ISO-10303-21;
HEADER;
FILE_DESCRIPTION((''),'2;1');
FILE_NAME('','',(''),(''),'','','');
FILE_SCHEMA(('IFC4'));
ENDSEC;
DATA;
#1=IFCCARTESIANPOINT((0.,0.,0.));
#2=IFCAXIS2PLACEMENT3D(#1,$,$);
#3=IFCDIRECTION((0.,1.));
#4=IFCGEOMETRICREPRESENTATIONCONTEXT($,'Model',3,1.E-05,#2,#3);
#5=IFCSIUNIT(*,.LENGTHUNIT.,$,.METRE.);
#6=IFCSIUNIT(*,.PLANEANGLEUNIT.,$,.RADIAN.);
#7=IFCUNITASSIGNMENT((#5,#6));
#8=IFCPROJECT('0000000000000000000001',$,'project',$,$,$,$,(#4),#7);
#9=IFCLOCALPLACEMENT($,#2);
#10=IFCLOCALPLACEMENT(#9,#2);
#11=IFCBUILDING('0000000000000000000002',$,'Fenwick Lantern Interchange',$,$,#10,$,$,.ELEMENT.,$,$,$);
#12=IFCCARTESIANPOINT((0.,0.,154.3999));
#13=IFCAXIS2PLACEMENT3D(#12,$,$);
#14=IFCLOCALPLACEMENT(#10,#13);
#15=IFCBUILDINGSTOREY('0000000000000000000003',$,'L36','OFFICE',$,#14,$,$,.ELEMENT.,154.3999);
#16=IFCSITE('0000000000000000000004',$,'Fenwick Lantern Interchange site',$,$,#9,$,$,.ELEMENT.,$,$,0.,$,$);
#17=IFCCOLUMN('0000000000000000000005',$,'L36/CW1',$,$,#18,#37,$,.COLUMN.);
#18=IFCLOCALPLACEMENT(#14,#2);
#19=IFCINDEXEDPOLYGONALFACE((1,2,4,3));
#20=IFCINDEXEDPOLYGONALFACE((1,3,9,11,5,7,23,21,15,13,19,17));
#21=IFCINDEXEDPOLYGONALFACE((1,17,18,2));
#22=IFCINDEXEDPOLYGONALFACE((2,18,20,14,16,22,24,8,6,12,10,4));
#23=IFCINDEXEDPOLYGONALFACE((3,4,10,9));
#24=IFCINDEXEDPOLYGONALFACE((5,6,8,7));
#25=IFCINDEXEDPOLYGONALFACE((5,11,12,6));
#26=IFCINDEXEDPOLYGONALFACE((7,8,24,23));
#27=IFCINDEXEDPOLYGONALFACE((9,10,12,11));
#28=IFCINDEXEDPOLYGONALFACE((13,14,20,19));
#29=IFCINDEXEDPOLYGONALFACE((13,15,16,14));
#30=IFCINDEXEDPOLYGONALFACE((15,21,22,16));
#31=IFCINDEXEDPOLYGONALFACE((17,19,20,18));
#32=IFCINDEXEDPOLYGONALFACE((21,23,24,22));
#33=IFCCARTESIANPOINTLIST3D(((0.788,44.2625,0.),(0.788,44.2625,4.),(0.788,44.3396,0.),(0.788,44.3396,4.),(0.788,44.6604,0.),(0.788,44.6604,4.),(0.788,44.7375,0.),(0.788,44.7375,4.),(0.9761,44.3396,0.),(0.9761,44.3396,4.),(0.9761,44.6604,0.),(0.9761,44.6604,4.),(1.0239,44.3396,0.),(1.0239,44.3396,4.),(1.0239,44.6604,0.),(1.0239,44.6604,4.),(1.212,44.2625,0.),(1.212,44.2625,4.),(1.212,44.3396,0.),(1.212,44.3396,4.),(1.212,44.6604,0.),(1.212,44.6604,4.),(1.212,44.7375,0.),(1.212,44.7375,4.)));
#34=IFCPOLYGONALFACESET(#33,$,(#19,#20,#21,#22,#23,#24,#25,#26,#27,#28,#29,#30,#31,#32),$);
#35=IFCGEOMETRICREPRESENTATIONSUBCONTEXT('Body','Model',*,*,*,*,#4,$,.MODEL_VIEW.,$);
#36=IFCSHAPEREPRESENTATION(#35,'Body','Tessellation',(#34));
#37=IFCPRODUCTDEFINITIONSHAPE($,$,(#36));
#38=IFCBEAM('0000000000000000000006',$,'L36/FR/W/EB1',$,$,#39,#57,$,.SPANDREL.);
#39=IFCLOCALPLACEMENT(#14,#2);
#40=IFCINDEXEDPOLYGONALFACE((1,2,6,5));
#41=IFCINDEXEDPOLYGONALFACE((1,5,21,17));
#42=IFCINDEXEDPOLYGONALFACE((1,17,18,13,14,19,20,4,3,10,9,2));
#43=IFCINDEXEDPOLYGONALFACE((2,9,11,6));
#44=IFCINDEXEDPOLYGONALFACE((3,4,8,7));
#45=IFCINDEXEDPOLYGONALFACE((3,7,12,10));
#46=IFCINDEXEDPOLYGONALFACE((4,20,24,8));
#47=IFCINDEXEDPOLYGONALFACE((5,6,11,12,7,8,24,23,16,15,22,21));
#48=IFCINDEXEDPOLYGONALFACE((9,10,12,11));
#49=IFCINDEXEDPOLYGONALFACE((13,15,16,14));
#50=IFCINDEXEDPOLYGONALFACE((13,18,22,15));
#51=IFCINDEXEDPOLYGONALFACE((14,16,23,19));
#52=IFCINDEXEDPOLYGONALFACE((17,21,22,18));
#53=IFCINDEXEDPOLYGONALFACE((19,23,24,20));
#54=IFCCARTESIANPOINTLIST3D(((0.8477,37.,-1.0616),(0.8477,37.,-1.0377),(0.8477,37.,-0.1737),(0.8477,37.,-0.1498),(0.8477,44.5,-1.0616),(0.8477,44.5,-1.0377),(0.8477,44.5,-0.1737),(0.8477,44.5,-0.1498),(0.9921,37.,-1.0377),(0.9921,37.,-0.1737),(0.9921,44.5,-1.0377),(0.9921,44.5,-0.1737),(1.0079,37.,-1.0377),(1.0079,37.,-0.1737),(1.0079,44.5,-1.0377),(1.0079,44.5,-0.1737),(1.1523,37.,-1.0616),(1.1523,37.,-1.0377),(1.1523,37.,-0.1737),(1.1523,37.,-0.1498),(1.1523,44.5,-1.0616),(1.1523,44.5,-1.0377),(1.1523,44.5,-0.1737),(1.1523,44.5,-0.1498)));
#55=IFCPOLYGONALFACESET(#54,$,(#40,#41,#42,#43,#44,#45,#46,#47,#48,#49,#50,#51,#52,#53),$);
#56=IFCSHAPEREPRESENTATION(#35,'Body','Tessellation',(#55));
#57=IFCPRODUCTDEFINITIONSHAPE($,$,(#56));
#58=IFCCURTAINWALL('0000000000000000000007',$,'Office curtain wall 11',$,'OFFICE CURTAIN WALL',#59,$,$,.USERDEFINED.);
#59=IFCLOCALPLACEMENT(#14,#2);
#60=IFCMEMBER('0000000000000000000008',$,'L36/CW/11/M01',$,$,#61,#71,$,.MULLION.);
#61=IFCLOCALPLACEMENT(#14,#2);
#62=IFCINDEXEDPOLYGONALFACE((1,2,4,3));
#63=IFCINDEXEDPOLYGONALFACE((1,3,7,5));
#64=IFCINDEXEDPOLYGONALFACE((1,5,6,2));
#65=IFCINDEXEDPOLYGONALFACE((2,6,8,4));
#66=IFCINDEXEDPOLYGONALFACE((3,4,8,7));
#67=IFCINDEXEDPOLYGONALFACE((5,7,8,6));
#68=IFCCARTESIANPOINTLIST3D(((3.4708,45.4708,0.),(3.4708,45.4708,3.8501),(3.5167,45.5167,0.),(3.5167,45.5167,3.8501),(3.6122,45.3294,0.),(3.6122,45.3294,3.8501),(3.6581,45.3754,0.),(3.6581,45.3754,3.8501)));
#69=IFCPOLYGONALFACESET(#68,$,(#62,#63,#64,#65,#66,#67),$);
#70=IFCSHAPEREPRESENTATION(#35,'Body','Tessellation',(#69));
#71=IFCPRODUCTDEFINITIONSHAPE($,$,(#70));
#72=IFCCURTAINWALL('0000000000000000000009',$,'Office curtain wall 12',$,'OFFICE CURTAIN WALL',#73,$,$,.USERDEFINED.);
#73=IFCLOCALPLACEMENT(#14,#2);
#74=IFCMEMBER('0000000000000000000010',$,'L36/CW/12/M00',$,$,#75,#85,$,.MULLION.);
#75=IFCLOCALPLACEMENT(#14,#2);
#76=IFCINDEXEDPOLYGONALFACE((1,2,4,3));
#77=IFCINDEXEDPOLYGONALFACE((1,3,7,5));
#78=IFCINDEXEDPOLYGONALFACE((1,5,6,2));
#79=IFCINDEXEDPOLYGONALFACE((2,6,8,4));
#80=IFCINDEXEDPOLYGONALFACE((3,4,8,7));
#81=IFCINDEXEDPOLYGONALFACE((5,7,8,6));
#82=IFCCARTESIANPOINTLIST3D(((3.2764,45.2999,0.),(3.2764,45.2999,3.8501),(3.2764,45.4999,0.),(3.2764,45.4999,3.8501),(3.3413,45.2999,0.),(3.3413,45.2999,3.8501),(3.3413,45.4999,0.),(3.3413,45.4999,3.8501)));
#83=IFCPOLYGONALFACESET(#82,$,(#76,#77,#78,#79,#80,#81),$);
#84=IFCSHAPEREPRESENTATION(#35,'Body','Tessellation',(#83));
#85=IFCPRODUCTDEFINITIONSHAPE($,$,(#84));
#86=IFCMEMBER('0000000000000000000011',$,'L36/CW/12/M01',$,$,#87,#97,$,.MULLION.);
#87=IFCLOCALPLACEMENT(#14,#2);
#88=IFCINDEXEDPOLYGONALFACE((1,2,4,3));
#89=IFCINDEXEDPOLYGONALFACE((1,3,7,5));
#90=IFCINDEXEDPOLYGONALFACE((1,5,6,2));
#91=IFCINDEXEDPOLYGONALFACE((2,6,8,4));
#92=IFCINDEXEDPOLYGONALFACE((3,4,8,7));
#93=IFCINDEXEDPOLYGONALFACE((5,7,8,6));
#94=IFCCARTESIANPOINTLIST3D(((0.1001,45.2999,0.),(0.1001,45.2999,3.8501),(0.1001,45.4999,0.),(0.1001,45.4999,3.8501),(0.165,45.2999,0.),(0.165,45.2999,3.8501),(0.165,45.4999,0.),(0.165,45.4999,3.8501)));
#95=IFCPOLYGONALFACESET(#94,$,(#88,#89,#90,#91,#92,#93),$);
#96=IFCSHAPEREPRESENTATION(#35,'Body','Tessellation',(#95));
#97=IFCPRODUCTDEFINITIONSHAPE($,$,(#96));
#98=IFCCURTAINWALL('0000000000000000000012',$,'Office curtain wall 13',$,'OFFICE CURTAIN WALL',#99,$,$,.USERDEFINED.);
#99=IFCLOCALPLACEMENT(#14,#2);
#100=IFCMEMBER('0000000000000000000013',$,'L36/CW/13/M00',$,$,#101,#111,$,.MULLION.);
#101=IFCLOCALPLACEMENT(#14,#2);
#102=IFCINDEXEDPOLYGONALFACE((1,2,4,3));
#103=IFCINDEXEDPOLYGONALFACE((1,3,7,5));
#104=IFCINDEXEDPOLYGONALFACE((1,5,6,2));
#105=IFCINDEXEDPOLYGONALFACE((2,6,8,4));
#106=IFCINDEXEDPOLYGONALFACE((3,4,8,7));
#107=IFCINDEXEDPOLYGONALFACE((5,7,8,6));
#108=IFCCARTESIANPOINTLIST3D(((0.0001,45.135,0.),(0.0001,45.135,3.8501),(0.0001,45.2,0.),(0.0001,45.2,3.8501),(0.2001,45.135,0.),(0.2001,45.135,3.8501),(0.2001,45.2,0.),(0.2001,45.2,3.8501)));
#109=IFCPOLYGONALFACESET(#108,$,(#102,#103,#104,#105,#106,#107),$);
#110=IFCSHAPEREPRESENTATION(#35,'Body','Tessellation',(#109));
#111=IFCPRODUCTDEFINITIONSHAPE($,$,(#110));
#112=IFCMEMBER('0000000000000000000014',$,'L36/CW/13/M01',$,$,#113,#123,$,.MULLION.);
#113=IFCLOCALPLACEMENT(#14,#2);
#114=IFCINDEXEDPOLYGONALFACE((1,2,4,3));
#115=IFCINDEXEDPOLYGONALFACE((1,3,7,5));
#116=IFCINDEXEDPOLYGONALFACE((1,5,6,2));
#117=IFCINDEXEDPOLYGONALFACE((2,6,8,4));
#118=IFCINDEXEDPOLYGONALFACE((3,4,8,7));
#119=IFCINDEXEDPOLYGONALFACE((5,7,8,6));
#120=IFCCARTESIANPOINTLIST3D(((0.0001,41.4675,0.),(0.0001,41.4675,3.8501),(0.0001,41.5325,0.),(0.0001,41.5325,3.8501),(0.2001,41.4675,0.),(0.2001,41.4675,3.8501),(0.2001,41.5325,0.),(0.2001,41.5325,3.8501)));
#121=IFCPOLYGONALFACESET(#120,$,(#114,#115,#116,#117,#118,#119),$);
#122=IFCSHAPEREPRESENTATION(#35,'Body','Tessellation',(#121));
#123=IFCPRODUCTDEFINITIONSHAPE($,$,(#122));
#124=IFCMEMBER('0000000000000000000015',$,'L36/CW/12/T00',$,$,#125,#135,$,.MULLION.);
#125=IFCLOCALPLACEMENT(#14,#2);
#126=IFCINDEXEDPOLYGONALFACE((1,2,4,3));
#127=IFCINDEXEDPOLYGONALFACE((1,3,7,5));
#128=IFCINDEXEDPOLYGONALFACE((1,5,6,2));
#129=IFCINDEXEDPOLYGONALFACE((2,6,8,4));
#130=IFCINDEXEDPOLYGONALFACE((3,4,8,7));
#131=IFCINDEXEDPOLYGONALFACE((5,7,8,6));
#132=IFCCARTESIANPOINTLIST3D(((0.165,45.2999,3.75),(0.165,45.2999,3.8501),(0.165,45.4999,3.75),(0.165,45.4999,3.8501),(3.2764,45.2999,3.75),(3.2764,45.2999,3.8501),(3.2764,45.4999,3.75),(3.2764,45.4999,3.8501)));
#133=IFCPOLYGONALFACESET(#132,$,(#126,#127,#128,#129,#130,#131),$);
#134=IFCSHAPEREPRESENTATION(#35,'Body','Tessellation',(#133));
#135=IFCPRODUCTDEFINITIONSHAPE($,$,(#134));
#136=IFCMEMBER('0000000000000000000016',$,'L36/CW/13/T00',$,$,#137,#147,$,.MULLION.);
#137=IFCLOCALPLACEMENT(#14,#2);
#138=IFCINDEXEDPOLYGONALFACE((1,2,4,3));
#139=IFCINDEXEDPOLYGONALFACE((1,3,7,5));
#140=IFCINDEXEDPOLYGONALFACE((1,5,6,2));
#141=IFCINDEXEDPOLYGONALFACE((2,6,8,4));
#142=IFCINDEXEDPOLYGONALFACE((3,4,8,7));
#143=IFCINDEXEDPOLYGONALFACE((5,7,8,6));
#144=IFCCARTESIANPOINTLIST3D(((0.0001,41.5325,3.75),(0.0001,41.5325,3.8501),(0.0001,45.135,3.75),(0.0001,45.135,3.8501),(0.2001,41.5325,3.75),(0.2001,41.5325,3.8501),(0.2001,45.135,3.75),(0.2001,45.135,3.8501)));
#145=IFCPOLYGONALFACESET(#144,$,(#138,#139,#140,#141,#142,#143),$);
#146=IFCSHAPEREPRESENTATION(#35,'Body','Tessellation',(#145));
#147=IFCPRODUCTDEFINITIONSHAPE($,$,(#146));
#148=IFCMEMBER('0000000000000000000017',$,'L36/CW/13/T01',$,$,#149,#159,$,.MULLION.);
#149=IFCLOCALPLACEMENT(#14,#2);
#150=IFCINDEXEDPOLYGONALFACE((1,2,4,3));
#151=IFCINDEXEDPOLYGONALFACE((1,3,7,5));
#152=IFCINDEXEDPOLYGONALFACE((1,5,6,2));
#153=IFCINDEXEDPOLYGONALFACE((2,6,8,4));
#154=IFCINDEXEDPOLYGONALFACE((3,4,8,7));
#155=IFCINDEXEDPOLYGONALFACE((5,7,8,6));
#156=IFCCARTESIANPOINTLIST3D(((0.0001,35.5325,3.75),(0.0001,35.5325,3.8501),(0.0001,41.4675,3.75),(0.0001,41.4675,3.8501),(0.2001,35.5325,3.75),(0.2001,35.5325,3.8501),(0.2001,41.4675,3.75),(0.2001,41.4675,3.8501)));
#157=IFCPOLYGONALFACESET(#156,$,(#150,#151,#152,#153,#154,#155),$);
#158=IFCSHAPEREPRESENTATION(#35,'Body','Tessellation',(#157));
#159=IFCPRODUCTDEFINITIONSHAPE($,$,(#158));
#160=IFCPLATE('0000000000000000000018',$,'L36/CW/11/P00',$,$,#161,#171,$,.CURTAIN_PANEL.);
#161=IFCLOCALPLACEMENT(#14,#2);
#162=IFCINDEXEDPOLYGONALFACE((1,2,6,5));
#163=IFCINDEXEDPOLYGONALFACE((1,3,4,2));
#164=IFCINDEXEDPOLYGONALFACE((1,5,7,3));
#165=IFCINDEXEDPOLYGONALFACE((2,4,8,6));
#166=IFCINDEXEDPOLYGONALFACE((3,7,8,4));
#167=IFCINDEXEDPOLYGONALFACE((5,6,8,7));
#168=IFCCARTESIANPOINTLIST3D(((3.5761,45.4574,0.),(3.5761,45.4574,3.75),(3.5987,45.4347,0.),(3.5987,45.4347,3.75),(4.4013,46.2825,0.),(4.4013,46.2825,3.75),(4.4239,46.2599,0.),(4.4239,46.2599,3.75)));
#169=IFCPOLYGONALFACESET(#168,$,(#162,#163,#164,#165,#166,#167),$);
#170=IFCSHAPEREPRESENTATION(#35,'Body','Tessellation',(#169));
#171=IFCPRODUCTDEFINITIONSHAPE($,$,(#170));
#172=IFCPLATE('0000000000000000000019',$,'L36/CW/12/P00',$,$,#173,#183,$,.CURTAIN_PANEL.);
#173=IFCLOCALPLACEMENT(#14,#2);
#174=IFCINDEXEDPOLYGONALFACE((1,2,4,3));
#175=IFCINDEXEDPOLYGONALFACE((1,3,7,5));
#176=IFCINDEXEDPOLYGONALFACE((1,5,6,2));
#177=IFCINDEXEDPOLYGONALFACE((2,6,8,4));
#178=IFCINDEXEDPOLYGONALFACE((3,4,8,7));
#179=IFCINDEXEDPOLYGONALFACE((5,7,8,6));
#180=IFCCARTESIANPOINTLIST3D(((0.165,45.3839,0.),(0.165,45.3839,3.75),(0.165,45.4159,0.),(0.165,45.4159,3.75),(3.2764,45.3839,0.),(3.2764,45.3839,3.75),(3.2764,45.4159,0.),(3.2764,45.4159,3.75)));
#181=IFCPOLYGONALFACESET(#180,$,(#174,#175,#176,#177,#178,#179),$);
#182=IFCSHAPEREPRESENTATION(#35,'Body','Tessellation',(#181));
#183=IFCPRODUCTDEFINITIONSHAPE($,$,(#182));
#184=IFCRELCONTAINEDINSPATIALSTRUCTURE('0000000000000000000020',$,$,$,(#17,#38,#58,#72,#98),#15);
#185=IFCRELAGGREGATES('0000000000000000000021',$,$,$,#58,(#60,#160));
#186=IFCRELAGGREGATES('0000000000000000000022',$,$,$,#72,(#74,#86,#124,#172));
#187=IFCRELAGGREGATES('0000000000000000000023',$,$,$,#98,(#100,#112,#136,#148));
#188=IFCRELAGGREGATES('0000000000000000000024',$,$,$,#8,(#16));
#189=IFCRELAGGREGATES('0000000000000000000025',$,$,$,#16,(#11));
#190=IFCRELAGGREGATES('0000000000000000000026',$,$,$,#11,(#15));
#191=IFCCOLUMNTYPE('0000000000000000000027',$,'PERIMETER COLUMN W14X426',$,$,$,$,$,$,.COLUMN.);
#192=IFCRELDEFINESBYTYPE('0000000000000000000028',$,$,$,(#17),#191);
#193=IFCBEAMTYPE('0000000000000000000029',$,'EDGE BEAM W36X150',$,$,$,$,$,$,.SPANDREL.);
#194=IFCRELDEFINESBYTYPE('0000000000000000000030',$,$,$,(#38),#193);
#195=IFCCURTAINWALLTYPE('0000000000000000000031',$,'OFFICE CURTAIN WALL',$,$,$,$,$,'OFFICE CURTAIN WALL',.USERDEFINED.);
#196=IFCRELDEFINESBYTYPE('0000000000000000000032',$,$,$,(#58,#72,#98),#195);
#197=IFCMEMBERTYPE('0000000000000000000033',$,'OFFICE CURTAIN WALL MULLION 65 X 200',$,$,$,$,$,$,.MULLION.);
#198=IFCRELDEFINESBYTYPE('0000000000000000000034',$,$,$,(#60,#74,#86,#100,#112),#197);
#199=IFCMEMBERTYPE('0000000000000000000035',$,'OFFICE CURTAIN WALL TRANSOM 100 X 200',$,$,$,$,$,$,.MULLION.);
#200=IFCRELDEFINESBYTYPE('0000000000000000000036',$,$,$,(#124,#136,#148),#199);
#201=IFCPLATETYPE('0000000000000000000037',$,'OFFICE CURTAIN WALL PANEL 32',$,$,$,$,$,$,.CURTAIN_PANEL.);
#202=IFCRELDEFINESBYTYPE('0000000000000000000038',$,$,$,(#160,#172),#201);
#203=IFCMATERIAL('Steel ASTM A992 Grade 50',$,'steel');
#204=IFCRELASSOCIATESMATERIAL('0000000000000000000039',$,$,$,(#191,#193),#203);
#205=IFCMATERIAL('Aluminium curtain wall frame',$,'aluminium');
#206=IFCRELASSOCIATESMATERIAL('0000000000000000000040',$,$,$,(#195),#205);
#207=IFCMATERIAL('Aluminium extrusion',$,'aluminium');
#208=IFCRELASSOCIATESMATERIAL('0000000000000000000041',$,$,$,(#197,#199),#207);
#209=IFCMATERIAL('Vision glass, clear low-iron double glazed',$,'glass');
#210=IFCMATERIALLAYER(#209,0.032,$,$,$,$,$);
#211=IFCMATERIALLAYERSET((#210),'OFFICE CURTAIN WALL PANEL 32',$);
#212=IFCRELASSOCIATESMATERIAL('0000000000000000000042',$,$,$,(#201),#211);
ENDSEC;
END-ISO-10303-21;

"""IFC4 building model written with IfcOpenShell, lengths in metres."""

from ifc_helpers import new_model, si_unit, direction, frame, origin, origin_2d, place, context, subcontext, project, spatial, rectangle, i_section, extrude, material, layer, layer_set, material_profile, profile_set, type_object, element, aggregate, save


model = new_model("IFC4")

# Units and contexts
model_context = context("Model", 3, precision=1e-05, world=origin(), true_north=direction((0.0, 1.0)))
body_context = subcontext(model_context, "Body", "Model", "MODEL_VIEW")
ifc_project = project(units=[si_unit("LENGTHUNIT", "METRE"), si_unit("PLANEANGLEUNIT", "RADIAN")], contexts=[model_context])

# Site, building, storey
site_placement = place(None, origin())
site = spatial("IfcSite", under=ifc_project, at=site_placement, Name="Fenwick Lantern Interchange site", CompositionType="ELEMENT", RefElevation=0.0)
building_placement = place(site_placement, origin())
building = spatial("IfcBuilding", under=site, at=building_placement, Name="Fenwick Lantern Interchange", CompositionType="ELEMENT")
storey_placement = place(building_placement, frame((0.0, 0.0, 154.3999)))
storey = spatial("IfcBuildingStorey", under=building, at=storey_placement, Name="L36", Description="OFFICE", CompositionType="ELEMENT", Elevation=154.3999)

# Column
ifc_material_1 = material(Name="Steel ASTM A992 Grade 50", Category="steel")
ifc_material_profile_1 = material_profile(ifc_material_1, i_section(OverallWidth=0.4241, OverallDepth=0.4751, WebThickness=0.0479, FlangeThickness=0.0771, at=origin_2d()), Name="W14X426")
ifc_profile_set_1 = profile_set([ifc_material_profile_1], Name="Steel ASTM A992 Grade 50")
column_type = type_object("IfcColumnType", Name="PERIMETER COLUMN W14X426", PredefinedType="COLUMN", material=ifc_profile_set_1)
column_placement = place(storey_placement, frame((1.0, 44.5, 0.0), z_axis=(0.0, 0.0, 1.0), x_axis=(1.0, 0.0, 0.0)))
element("IfcColumn", 1, at=column_placement, inside=storey, type_object=column_type, Name="L36/CW1", PredefinedType="COLUMN", context=body_context, shape_type="SweptSolid", body=[
    extrude(i_section(OverallWidth=0.4241, OverallDepth=0.4751, WebThickness=0.0479, FlangeThickness=0.0771, at=origin_2d()), origin(), (0.0, 0.0, 1.0), 4.0),
])

# Beam
ifc_material_profile_2 = material_profile(ifc_material_1, i_section(OverallWidth=0.3047, OverallDepth=0.9119, WebThickness=0.0159, FlangeThickness=0.0239, at=origin_2d()), Name="W36X150")
ifc_profile_set_2 = profile_set([ifc_material_profile_2], Name="Steel ASTM A992 Grade 50")
beam_type = type_object("IfcBeamType", Name="EDGE BEAM W36X150", PredefinedType="SPANDREL", material=ifc_profile_set_2)
beam_placement = place(storey_placement, frame((1.0, 44.5, -0.6057), z_axis=(0.0, -1.0, 0.0), x_axis=(1.0, 0.0, 0.0)))
element("IfcBeam", 2, at=beam_placement, inside=storey, type_object=beam_type, Name="L36/FR/W/EB1", PredefinedType="SPANDREL", context=body_context, shape_type="SweptSolid", body=[
    extrude(i_section(OverallWidth=0.3047, OverallDepth=0.9119, WebThickness=0.0159, FlangeThickness=0.0239, at=origin_2d()), origin(), (0.0, 0.0, 1.0), 7.5),
])

# Curtain wall, member
ifc_material_2 = material(Name="Aluminium curtain wall frame", Category="aluminium")
curtain_wall_type = type_object("IfcCurtainWallType", Name="OFFICE CURTAIN WALL", ElementType="OFFICE CURTAIN WALL", PredefinedType="USERDEFINED", material=ifc_material_2)
curtain_wall_1_placement = place(storey_placement, origin())
curtain_wall_1 = element("IfcCurtainWall", 3, at=curtain_wall_1_placement, inside=storey, type_object=curtain_wall_type, Name="Office curtain wall 11", ObjectType="OFFICE CURTAIN WALL", PredefinedType="USERDEFINED")
ifc_material_3 = material(Name="Aluminium extrusion", Category="aluminium")
ifc_material_profile_3 = material_profile(ifc_material_3, rectangle(XDim=0.2, YDim=0.0649, at=origin_2d()), Name="OFFICE CURTAIN WALL MULLION 65 X 200")
ifc_profile_set_3 = profile_set([ifc_material_profile_3], Name="Aluminium extrusion")
member_type_1 = type_object("IfcMemberType", Name="OFFICE CURTAIN WALL MULLION 65 X 200", PredefinedType="MULLION", material=ifc_profile_set_3)
member_1_placement = place(storey_placement, frame((3.5645, 45.4231, 0.0), z_axis=(0.0, 0.0, 1.0), x_axis=(0.707107, -0.707107, 0.0)))
member_1 = element("IfcMember", 4, at=member_1_placement, type_object=member_type_1, Name="L36/CW/11/M01", PredefinedType="MULLION", context=body_context, shape_type="SweptSolid", body=[
    extrude(rectangle(XDim=0.2, YDim=0.0649, at=origin_2d()), origin(), (0.0, 0.0, 1.0), 3.8501),
])

# Curtain walls, members
curtain_wall_2_placement = place(storey_placement, origin())
curtain_wall_2 = element("IfcCurtainWall", 5, at=curtain_wall_2_placement, inside=storey, type_object=curtain_wall_type, Name="Office curtain wall 12", ObjectType="OFFICE CURTAIN WALL", PredefinedType="USERDEFINED")
member_2_placement = place(storey_placement, frame((3.3088, 45.3999, 0.0), z_axis=(0.0, 0.0, 1.0), x_axis=(0.0, -1.0, 0.0)))
member_2 = element("IfcMember", 6, at=member_2_placement, type_object=member_type_1, Name="L36/CW/12/M00", PredefinedType="MULLION", context=body_context, shape_type="SweptSolid", body=[
    extrude(rectangle(XDim=0.2, YDim=0.0649, at=origin_2d()), origin(), (0.0, 0.0, 1.0), 3.8501),
])
member_3_placement = place(storey_placement, frame((0.1326, 45.3999, 0.0), z_axis=(0.0, 0.0, 1.0), x_axis=(0.0, -1.0, 0.0)))
member_3 = element("IfcMember", 7, at=member_3_placement, type_object=member_type_1, Name="L36/CW/12/M01", PredefinedType="MULLION", context=body_context, shape_type="SweptSolid", body=[
    extrude(rectangle(XDim=0.2, YDim=0.0649, at=origin_2d()), origin(), (0.0, 0.0, 1.0), 3.8501),
])
curtain_wall_3_placement = place(storey_placement, origin())
curtain_wall_3 = element("IfcCurtainWall", 8, at=curtain_wall_3_placement, inside=storey, type_object=curtain_wall_type, Name="Office curtain wall 13", ObjectType="OFFICE CURTAIN WALL", PredefinedType="USERDEFINED")
member_4_placement = place(storey_placement, frame((0.1001, 45.1675, 0.0), z_axis=(0.0, 0.0, 1.0), x_axis=(1.0, 0.0, 0.0)))
member_4 = element("IfcMember", 9, at=member_4_placement, type_object=member_type_1, Name="L36/CW/13/M00", PredefinedType="MULLION", context=body_context, shape_type="SweptSolid", body=[
    extrude(rectangle(XDim=0.2, YDim=0.0649, at=origin_2d()), origin(), (0.0, 0.0, 1.0), 3.8501),
])
member_5_placement = place(storey_placement, frame((0.1001, 41.5, 0.0), z_axis=(0.0, 0.0, 1.0), x_axis=(1.0, 0.0, 0.0)))
member_5 = element("IfcMember", 10, at=member_5_placement, type_object=member_type_1, Name="L36/CW/13/M01", PredefinedType="MULLION", context=body_context, shape_type="SweptSolid", body=[
    extrude(rectangle(XDim=0.2, YDim=0.0649, at=origin_2d()), origin(), (0.0, 0.0, 1.0), 3.8501),
])

# Members
ifc_material_profile_4 = material_profile(ifc_material_3, rectangle(XDim=0.2, YDim=0.1001, at=origin_2d()), Name="OFFICE CURTAIN WALL TRANSOM 100 X 200")
ifc_profile_set_4 = profile_set([ifc_material_profile_4], Name="Aluminium extrusion")
member_type_2 = type_object("IfcMemberType", Name="OFFICE CURTAIN WALL TRANSOM 100 X 200", PredefinedType="MULLION", material=ifc_profile_set_4)
member_6_placement = place(storey_placement, frame((3.2764, 45.3999, 3.8), z_axis=(-1.0, 0.0, 0.0), x_axis=(0.0, -1.0, 0.0)))
member_6 = element("IfcMember", 11, at=member_6_placement, type_object=member_type_2, Name="L36/CW/12/T00", PredefinedType="MULLION", context=body_context, shape_type="SweptSolid", body=[
    extrude(rectangle(XDim=0.2, YDim=0.1001, at=origin_2d()), origin(), (0.0, 0.0, 1.0), 3.1113),
])
member_7_placement = place(storey_placement, frame((0.1001, 45.135, 3.8), z_axis=(0.0, -1.0, 0.0), x_axis=(1.0, 0.0, 0.0)))
member_7 = element("IfcMember", 12, at=member_7_placement, type_object=member_type_2, Name="L36/CW/13/T00", PredefinedType="MULLION", context=body_context, shape_type="SweptSolid", body=[
    extrude(rectangle(XDim=0.2, YDim=0.1001, at=origin_2d()), origin(), (0.0, 0.0, 1.0), 3.6025),
])
member_8_placement = place(storey_placement, frame((0.1001, 41.4675, 3.8), z_axis=(0.0, -1.0, 0.0), x_axis=(1.0, 0.0, 0.0)))
member_8 = element("IfcMember", 13, at=member_8_placement, type_object=member_type_2, Name="L36/CW/13/T01", PredefinedType="MULLION", context=body_context, shape_type="SweptSolid", body=[
    extrude(rectangle(XDim=0.2, YDim=0.1001, at=origin_2d()), origin(), (0.0, 0.0, 1.0), 5.9351),
])

# Plates
ifc_material_4 = material(Name="Vision glass, clear low-iron double glazed", Category="glass")
ifc_layer_1 = layer(ifc_material_4, 0.032)
ifc_layer_set_1 = layer_set([ifc_layer_1], Name="OFFICE CURTAIN WALL PANEL 32")
plate_type = type_object("IfcPlateType", Name="OFFICE CURTAIN WALL PANEL 32", PredefinedType="CURTAIN_PANEL", material=ifc_layer_set_1)
plate_1_placement = place(storey_placement, frame((4.0, 45.8586, 0.0), z_axis=(0.0, 0.0, 1.0), x_axis=(-0.707107, -0.707107, 0.0)))
plate_1 = element("IfcPlate", 14, at=plate_1_placement, type_object=plate_type, Name="L36/CW/11/P00", PredefinedType="CURTAIN_PANEL", context=body_context, shape_type="SweptSolid", body=[
    extrude(rectangle(XDim=1.167, YDim=0.032, at=origin_2d()), origin(), (0.0, 0.0, 1.0), 3.75),
])
aggregate(curtain_wall_1, [member_1, plate_1])
plate_2_placement = place(storey_placement, frame((1.7207, 45.3999, 0.0), z_axis=(0.0, 0.0, 1.0), x_axis=(-1.0, 0.0, 0.0)))
plate_2 = element("IfcPlate", 15, at=plate_2_placement, type_object=plate_type, Name="L36/CW/12/P00", PredefinedType="CURTAIN_PANEL", context=body_context, shape_type="SweptSolid", body=[
    extrude(rectangle(XDim=3.1113, YDim=0.032, at=origin_2d()), origin(), (0.0, 0.0, 1.0), 3.75),
])
aggregate(curtain_wall_2, [member_2, member_3, member_6, plate_2])
aggregate(curtain_wall_3, [member_4, member_5, member_7, member_8])

save(model, "model.ifc")
